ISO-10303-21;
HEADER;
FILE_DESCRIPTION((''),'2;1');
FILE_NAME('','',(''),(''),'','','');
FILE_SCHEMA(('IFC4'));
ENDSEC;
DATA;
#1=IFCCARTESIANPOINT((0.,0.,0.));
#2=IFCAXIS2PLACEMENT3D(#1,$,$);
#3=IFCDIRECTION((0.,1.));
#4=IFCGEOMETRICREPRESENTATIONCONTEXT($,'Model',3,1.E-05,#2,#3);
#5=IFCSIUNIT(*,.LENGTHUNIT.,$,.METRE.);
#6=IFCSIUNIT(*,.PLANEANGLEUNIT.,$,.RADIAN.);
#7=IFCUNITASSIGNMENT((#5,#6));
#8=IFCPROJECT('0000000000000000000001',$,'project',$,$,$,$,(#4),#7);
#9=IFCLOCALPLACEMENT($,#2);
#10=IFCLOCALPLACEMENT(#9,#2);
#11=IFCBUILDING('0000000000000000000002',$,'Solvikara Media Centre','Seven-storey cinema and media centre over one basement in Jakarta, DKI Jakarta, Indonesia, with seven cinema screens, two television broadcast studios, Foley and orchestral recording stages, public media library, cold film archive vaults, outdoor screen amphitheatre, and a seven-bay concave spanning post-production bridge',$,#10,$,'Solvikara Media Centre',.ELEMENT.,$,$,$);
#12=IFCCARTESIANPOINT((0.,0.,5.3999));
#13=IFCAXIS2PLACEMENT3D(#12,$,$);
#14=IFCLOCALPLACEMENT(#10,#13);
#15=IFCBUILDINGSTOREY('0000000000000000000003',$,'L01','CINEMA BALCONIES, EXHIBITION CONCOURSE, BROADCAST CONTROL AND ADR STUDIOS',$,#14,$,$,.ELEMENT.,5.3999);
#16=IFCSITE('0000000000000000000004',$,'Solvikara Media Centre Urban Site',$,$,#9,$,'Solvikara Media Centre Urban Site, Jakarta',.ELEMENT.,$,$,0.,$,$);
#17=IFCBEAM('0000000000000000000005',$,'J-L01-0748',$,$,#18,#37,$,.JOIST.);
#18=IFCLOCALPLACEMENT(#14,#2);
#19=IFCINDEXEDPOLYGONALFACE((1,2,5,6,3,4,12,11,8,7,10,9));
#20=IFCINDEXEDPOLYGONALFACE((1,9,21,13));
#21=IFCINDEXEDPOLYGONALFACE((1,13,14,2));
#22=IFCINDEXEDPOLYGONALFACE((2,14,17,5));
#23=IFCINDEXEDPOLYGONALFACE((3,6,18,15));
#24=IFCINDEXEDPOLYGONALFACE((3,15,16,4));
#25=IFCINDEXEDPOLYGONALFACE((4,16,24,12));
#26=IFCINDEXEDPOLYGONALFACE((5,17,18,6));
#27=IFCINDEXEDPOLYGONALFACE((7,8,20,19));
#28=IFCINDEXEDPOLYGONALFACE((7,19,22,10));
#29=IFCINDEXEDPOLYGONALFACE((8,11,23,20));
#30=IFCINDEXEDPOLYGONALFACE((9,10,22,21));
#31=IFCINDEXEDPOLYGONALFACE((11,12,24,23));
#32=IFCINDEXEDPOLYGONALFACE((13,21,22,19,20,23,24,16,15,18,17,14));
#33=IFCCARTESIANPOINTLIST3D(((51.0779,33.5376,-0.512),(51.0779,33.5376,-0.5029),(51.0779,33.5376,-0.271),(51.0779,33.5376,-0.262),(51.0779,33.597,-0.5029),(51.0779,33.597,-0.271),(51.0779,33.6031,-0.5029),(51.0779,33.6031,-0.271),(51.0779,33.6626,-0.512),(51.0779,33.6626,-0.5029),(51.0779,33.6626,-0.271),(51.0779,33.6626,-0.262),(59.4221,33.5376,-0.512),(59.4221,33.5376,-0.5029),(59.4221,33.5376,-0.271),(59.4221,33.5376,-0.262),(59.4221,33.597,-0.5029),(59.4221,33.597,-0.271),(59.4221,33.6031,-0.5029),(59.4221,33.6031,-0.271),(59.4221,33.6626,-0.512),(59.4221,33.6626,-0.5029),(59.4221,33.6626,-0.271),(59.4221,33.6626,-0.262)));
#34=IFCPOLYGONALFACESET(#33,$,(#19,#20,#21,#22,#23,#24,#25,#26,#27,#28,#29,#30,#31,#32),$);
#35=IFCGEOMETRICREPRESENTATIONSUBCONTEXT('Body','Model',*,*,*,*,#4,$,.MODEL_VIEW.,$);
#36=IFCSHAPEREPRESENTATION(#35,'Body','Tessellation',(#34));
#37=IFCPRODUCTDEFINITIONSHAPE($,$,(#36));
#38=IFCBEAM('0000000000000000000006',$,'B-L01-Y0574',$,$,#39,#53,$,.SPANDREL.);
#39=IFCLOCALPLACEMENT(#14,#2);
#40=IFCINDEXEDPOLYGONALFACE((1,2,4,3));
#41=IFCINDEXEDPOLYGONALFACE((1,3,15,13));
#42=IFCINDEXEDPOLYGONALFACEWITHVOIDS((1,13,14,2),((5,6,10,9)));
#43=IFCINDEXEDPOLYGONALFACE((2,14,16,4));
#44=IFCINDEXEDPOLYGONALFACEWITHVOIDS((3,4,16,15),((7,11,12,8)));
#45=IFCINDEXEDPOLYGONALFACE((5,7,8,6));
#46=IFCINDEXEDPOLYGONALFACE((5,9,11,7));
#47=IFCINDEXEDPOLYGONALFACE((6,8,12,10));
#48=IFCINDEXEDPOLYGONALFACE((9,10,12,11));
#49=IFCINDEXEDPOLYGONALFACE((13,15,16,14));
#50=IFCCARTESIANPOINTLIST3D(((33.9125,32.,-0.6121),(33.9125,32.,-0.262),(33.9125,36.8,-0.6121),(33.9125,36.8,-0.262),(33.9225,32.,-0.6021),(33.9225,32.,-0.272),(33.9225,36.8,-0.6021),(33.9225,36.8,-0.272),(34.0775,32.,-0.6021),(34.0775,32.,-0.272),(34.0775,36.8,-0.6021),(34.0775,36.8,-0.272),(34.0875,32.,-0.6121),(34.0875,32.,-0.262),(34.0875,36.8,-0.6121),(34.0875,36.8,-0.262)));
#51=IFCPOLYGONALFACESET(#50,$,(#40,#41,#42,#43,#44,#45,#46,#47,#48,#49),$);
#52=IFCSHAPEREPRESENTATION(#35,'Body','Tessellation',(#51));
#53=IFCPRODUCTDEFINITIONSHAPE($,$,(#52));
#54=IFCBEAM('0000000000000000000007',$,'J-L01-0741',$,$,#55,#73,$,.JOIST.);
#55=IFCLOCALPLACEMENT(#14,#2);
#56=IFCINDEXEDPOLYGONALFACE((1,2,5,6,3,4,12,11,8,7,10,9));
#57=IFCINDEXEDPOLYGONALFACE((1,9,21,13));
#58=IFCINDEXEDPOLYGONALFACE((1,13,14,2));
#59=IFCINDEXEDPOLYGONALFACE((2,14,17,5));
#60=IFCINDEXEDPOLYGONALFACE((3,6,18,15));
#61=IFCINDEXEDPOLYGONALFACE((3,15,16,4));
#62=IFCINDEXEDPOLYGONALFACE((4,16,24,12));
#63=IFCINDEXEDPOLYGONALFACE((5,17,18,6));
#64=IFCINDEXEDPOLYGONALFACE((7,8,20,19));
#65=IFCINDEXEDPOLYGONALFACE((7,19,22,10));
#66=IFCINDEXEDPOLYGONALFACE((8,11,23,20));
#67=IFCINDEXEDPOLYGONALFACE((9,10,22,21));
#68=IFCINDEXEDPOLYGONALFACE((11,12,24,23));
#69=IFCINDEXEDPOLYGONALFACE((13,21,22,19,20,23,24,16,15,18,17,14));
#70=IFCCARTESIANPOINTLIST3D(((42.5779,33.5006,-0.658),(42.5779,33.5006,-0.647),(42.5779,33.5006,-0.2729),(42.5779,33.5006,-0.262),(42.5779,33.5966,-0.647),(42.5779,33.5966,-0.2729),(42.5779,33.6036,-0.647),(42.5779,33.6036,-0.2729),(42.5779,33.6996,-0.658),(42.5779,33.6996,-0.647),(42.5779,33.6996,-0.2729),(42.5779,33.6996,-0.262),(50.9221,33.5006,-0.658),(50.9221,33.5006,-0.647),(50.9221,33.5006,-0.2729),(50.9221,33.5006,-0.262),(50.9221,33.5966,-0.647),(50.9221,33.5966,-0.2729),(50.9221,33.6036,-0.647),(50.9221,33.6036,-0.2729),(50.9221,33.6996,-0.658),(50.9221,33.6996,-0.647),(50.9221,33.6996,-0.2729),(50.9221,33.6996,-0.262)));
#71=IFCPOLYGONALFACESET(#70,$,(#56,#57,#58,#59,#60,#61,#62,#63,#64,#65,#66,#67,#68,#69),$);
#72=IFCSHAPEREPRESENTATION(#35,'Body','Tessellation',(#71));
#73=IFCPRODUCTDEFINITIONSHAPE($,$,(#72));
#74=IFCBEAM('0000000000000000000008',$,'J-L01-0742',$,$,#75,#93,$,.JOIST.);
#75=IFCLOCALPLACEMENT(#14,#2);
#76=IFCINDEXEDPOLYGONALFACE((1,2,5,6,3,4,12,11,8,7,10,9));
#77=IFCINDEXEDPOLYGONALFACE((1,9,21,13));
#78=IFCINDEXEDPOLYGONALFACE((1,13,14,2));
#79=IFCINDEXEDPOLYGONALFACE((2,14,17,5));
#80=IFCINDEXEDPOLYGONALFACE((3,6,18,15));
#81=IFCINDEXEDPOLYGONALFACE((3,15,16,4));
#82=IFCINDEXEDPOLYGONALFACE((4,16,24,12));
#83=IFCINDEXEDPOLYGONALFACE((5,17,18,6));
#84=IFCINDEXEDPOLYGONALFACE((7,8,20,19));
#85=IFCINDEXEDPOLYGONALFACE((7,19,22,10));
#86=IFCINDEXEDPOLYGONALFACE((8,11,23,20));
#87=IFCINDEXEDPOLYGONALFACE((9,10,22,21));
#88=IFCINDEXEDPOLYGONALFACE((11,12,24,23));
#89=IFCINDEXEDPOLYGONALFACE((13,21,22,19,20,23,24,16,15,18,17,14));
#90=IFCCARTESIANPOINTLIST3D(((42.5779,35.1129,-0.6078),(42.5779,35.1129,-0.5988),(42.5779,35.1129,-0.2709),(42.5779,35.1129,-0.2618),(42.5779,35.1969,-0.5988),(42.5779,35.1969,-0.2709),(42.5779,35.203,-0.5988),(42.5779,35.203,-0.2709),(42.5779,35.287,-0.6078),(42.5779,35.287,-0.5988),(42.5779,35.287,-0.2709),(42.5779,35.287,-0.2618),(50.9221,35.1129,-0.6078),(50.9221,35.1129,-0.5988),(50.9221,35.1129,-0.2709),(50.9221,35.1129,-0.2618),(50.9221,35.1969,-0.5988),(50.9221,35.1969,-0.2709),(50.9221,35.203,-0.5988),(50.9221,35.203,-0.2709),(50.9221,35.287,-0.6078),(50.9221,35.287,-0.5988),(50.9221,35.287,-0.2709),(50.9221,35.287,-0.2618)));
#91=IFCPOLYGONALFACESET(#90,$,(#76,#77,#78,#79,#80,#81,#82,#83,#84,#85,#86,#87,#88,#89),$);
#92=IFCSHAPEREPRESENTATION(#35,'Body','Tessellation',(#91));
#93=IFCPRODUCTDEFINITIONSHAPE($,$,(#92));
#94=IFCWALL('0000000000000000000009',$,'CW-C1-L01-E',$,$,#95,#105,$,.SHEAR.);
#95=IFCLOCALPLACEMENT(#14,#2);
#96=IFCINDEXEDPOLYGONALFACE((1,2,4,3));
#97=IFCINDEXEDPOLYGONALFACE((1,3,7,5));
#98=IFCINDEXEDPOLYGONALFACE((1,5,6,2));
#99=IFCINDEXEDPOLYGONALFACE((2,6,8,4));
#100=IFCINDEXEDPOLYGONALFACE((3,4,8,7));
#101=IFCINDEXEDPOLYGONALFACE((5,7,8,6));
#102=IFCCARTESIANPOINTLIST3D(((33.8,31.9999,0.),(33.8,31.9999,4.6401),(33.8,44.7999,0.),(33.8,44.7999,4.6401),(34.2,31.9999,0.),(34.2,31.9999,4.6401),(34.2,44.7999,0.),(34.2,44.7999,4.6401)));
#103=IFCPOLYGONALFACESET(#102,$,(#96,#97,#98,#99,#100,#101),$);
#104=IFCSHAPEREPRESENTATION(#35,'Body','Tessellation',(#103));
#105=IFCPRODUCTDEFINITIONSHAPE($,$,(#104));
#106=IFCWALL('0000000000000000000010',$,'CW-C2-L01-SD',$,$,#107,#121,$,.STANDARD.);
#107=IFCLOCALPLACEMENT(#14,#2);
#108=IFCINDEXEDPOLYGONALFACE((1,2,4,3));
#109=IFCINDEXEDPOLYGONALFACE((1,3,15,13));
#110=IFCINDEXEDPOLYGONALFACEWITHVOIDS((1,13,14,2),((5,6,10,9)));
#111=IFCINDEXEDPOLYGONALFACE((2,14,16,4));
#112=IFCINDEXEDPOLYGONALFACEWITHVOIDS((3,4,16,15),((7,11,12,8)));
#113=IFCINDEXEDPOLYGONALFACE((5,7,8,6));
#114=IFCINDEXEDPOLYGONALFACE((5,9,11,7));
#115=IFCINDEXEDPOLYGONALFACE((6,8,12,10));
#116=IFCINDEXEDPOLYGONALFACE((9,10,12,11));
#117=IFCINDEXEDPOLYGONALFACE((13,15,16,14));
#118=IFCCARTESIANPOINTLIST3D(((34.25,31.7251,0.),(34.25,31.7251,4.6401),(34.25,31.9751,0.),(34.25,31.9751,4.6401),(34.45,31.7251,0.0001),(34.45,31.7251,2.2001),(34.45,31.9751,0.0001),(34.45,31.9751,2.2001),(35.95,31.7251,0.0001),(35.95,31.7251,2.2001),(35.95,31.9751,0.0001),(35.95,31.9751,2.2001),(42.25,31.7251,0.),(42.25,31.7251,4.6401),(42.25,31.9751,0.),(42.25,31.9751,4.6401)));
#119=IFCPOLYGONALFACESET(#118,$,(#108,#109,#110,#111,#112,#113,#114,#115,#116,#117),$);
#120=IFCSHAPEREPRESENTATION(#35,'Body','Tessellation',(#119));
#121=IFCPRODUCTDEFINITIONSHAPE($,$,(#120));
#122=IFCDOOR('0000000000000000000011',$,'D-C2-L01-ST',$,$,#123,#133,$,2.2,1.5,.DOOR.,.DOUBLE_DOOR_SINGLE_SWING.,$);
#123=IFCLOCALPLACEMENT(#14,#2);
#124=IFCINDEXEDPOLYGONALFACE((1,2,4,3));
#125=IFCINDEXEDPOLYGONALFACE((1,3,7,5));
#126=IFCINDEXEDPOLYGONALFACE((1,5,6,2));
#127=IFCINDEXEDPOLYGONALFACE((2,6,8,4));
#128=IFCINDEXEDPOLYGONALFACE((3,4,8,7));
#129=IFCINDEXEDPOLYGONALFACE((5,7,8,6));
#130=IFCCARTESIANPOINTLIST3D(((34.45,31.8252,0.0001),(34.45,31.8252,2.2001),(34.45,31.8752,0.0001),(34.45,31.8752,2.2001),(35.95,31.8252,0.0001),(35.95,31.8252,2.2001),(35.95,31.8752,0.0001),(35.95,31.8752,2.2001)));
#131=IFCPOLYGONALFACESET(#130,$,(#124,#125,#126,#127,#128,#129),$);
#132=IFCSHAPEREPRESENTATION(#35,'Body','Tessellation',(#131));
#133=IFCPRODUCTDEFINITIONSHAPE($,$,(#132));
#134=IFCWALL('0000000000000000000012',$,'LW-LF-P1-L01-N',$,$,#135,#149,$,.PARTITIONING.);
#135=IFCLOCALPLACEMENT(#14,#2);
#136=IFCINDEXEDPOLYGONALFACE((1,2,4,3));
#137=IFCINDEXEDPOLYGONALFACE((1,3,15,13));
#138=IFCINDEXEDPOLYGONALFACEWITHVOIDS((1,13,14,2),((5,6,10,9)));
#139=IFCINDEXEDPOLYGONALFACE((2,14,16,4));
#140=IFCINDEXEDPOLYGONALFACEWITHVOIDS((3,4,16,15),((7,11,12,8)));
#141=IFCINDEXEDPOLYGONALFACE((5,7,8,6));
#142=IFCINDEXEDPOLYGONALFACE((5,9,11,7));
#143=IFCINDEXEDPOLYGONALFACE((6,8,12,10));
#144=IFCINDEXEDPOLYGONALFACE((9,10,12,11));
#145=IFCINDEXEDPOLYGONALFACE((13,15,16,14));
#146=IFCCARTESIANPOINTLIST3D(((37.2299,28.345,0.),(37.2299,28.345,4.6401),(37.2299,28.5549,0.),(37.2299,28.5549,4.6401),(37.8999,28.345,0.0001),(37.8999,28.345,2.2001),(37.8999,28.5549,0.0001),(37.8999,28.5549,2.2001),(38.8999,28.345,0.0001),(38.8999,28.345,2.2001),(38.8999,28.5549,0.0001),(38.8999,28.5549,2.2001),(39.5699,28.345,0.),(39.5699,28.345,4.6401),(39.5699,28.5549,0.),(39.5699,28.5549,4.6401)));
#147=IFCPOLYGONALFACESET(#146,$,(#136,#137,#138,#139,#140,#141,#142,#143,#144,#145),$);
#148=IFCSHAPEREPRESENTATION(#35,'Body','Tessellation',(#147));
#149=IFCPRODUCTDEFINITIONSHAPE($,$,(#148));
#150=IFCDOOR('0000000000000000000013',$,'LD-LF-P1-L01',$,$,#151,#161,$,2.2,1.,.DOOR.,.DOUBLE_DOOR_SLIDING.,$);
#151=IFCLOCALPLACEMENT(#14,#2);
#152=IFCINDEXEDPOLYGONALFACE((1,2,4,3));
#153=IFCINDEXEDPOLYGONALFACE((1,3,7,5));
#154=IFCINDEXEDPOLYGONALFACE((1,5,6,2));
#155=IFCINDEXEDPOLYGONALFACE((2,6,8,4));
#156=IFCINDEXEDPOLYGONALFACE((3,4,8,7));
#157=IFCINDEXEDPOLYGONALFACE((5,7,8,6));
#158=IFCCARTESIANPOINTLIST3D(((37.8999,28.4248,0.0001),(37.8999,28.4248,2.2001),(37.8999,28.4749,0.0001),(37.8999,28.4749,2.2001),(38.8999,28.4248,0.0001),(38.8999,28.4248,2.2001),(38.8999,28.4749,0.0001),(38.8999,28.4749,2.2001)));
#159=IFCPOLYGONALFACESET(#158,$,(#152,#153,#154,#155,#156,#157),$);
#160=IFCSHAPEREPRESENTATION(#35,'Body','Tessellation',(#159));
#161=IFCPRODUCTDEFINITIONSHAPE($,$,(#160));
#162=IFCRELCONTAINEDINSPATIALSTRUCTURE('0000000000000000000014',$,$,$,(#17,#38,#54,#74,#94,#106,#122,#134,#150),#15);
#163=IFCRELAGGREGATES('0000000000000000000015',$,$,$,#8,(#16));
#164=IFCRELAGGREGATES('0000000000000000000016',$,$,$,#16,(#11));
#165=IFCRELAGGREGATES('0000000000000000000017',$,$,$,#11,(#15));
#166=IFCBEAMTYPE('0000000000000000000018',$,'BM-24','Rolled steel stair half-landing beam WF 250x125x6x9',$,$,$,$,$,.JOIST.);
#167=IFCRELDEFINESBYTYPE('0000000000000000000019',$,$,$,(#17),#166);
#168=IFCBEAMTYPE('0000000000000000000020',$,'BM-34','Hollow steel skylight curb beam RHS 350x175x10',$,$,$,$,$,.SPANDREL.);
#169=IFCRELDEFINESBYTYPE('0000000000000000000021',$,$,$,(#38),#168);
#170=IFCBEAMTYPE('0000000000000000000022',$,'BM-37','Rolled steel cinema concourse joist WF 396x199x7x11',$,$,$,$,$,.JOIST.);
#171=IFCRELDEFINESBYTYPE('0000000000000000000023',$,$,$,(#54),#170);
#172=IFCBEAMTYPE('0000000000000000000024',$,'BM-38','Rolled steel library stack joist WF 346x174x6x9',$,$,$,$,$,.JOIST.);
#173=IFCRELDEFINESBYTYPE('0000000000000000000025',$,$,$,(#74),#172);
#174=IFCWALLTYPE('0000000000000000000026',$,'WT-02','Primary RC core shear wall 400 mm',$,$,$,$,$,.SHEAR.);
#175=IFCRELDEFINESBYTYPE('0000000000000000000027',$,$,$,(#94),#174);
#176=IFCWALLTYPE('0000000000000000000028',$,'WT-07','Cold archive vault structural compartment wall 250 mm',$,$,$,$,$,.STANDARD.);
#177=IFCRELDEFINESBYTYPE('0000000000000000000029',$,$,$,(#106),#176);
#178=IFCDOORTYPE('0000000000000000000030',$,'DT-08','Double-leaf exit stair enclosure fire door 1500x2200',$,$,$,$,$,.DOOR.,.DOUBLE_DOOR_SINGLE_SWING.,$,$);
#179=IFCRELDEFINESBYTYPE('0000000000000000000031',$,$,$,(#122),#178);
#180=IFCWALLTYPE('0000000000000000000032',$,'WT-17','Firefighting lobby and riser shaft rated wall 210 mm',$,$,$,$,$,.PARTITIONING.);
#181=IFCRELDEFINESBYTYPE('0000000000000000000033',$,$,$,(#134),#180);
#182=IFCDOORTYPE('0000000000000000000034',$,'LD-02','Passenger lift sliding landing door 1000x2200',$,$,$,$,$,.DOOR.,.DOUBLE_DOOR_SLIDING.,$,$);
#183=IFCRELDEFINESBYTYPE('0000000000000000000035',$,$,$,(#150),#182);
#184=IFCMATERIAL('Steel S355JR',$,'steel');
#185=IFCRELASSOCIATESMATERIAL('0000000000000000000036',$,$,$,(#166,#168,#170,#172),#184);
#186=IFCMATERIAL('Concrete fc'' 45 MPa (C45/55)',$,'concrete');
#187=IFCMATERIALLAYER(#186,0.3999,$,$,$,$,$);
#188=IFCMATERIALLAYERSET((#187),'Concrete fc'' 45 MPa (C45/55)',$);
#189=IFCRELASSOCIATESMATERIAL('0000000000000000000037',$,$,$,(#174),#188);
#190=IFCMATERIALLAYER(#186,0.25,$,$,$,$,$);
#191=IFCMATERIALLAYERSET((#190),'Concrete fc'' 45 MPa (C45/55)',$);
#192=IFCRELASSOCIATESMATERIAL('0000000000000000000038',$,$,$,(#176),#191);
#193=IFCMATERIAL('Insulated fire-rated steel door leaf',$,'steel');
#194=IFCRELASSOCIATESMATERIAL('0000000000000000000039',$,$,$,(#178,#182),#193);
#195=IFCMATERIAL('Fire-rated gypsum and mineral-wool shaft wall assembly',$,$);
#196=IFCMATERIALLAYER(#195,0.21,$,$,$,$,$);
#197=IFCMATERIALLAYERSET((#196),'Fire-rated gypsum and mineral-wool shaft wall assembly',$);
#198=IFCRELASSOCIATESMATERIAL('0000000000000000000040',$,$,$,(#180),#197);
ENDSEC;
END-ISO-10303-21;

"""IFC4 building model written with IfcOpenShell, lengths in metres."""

from ifc_helpers import new_model, si_unit, direction, frame, frame_2d, origin, origin_2d, place, context, subcontext, project, spatial, rectangle, hollow_rectangle, i_section, extrude, material, layer, layer_set, material_profile, profile_set, type_object, element, fill, save


model = new_model("IFC4")

# Units and contexts
model_context = context("Model", 3, precision=1e-05, world=origin(), true_north=direction((0.0, 1.0)))
body_context = subcontext(model_context, "Body", "Model", "MODEL_VIEW")
ifc_project = project(units=[si_unit("LENGTHUNIT", "METRE"), si_unit("PLANEANGLEUNIT", "RADIAN")], contexts=[model_context])

# Site, building, storey
site_placement = place(None, origin())
site = spatial("IfcSite", under=ifc_project, at=site_placement, Name="Solvikara Media Centre Urban Site", LongName="Solvikara Media Centre Urban Site, Jakarta", CompositionType="ELEMENT", RefElevation=0.0)
building_placement = place(site_placement, origin())
building = spatial("IfcBuilding", under=site, at=building_placement, Name="Solvikara Media Centre", Description="Seven-storey cinema and media centre over one basement in Jakarta, DKI Jakarta, Indonesia, with seven cinema screens, two television broadcast studios, Foley and orchestral recording stages, public media library, cold film archive vaults, outdoor screen amphitheatre, and a seven-bay concave spanning post-production bridge", LongName="Solvikara Media Centre", CompositionType="ELEMENT")
storey_placement = place(building_placement, frame((0.0, 0.0, 5.3999)))
storey = spatial("IfcBuildingStorey", under=building, at=storey_placement, Name="L01", Description="CINEMA BALCONIES, EXHIBITION CONCOURSE, BROADCAST CONTROL AND ADR STUDIOS", CompositionType="ELEMENT", Elevation=5.3999)

# Shared definitions
ifc_material_1 = material(Name="Concrete fc' 45 MPa (C45/55)", Category="concrete")

# Beams
ifc_material_2 = material(Name="Steel S355JR", Category="steel")
ifc_material_profile_1 = material_profile(ifc_material_2, i_section(OverallWidth=0.125, OverallDepth=0.25, WebThickness=0.0061, FlangeThickness=0.009, at=origin_2d()), Name="WF 250x125x6x9")
ifc_profile_set_1 = profile_set([ifc_material_profile_1], Name="Steel S355JR")
beam_type_1 = type_object("IfcBeamType", Name="BM-24", Description="Rolled steel stair half-landing beam WF 250x125x6x9", PredefinedType="JOIST", material=ifc_profile_set_1)
for number, where, z_axis, x_axis, name in (
    (1, (51.0779, 33.6001, -0.387), (1.0, 0.0, 0.0), (0.0, 1.0, 0.0), "J-L01-0748"),
):
    element("IfcBeam", number, at=place(storey_placement, frame(where, z_axis=z_axis, x_axis=x_axis)), inside=storey, type_object=beam_type_1, Name=name, PredefinedType="JOIST", context=body_context, shape_type="SweptSolid", body=[
        extrude(i_section(OverallWidth=0.125, OverallDepth=0.25, WebThickness=0.0061, FlangeThickness=0.009, at=origin_2d()), origin(), (0.0, 0.0, 1.0), 8.3442),
    ])
ifc_material_profile_2 = material_profile(ifc_material_2, hollow_rectangle(XDim=0.175, YDim=0.3501, WallThickness=0.01, at=origin_2d()), Name="RHS 350x175x10")
ifc_profile_set_2 = profile_set([ifc_material_profile_2], Name="Steel S355JR")
beam_type_2 = type_object("IfcBeamType", Name="BM-34", Description="Hollow steel skylight curb beam RHS 350x175x10", PredefinedType="SPANDREL", material=ifc_profile_set_2)
beam_1_placement = place(storey_placement, frame((34.0, 32.0, -0.437), z_axis=(0.0, 1.0, 0.0), x_axis=(-1.0, 0.0, 0.0)))
element("IfcBeam", 2, at=beam_1_placement, inside=storey, type_object=beam_type_2, Name="B-L01-Y0574", PredefinedType="SPANDREL", context=body_context, shape_type="SweptSolid", body=[
    extrude(hollow_rectangle(XDim=0.175, YDim=0.3501, WallThickness=0.01, at=origin_2d()), origin(), (0.0, 0.0, 1.0), 4.8),
])
ifc_material_profile_3 = material_profile(ifc_material_2, i_section(OverallWidth=0.199, OverallDepth=0.396, WebThickness=0.0071, FlangeThickness=0.011, at=origin_2d()), Name="WF 396x199x7x11")
ifc_profile_set_3 = profile_set([ifc_material_profile_3], Name="Steel S355JR")
beam_type_3 = type_object("IfcBeamType", Name="BM-37", Description="Rolled steel cinema concourse joist WF 396x199x7x11", PredefinedType="JOIST", material=ifc_profile_set_3)
beam_2_placement = place(storey_placement, frame((42.5779, 33.6001, -0.46), z_axis=(1.0, 0.0, 0.0), x_axis=(0.0, 1.0, 0.0)))
element("IfcBeam", 3, at=beam_2_placement, inside=storey, type_object=beam_type_3, Name="J-L01-0741", PredefinedType="JOIST", context=body_context, shape_type="SweptSolid", body=[
    extrude(i_section(OverallWidth=0.199, OverallDepth=0.396, WebThickness=0.0071, FlangeThickness=0.011, at=origin_2d()), origin(), (0.0, 0.0, 1.0), 8.3442),
])
ifc_material_profile_4 = material_profile(ifc_material_2, i_section(OverallWidth=0.1741, OverallDepth=0.3459, WebThickness=0.0061, FlangeThickness=0.009, at=origin_2d()), Name="WF 346x174x6x9")
ifc_profile_set_4 = profile_set([ifc_material_profile_4], Name="Steel S355JR")
beam_type_4 = type_object("IfcBeamType", Name="BM-38", Description="Rolled steel library stack joist WF 346x174x6x9", PredefinedType="JOIST", material=ifc_profile_set_4)
beam_3_placement = place(storey_placement, frame((42.5779, 35.2, -0.4348), z_axis=(1.0, 0.0, 0.0), x_axis=(0.0, 1.0, 0.0)))
element("IfcBeam", 4, at=beam_3_placement, inside=storey, type_object=beam_type_4, Name="J-L01-0742", PredefinedType="JOIST", context=body_context, shape_type="SweptSolid", body=[
    extrude(i_section(OverallWidth=0.1741, OverallDepth=0.3459, WebThickness=0.0061, FlangeThickness=0.009, at=origin_2d()), origin(), (0.0, 0.0, 1.0), 8.3442),
])

# Wall
ifc_layer_1 = layer(ifc_material_1, 0.3999)
ifc_layer_set_1 = layer_set([ifc_layer_1], Name="Concrete fc' 45 MPa (C45/55)")
wall_type_1 = type_object("IfcWallType", Name="WT-02", Description="Primary RC core shear wall 400 mm", PredefinedType="SHEAR", material=ifc_layer_set_1)
wall_1_placement = place(storey_placement, frame((34.0, 32.0, 0.0), z_axis=(0.0, 0.0, 1.0), x_axis=(0.0, 1.0, 0.0)))
element("IfcWall", 5, at=wall_1_placement, inside=storey, type_object=wall_type_1, Name="CW-C1-L01-E", PredefinedType="SHEAR", context=body_context, shape_type="SweptSolid", body=[
    extrude(rectangle(XDim=12.8, YDim=0.3999, at=frame_2d((6.3999, 0.0))), origin(), (0.0, 0.0, 1.0), 4.6401),
])

# Walls, openings, doors
ifc_layer_2 = layer(ifc_material_1, 0.25)
ifc_layer_set_2 = layer_set([ifc_layer_2], Name="Concrete fc' 45 MPa (C45/55)")
wall_type_2 = type_object("IfcWallType", Name="WT-07", Description="Cold archive vault structural compartment wall 250 mm", PredefinedType="STANDARD", material=ifc_layer_set_2)
wall_2_placement = place(storey_placement, frame((34.25, 31.8501, 0.0), z_axis=(0.0, 0.0, 1.0), x_axis=(1.0, 0.0, 0.0)))
wall_2 = element("IfcWall", 6, at=wall_2_placement, inside=storey, type_object=wall_type_2, Name="CW-C2-L01-SD", PredefinedType="STANDARD", context=body_context, shape_type="SweptSolid", body=[
    extrude(rectangle(XDim=8.0, YDim=0.25, at=frame_2d((4.0, 0.0))), origin(), (0.0, 0.0, 1.0), 4.6401),
])
opening_1_placement = place(wall_2_placement, frame((0.2, 0.0, 0.0)))
opening_1 = element("IfcOpeningElement", 7, at=opening_1_placement, cuts=wall_2, PredefinedType="OPENING", context=body_context, shape_type="SweptSolid", body=[
    extrude(rectangle(XDim=1.5, YDim=2.2, at=frame_2d((0.75, 1.1001))), frame((0.0, 0.137, 0.0), z_axis=(0.0, -1.0, 0.0), x_axis=(1.0, 0.0, 0.0)), (0.0, 0.0, 1.0), 0.2739),
])
ifc_material_3 = material(Name="Insulated fire-rated steel door leaf", Category="steel")
door_type_1 = type_object("IfcDoorType", Name="DT-08", Description="Double-leaf exit stair enclosure fire door 1500x2200", OperationType="DOUBLE_DOOR_SINGLE_SWING", PredefinedType="DOOR", material=ifc_material_3)
door_1_placement = place(opening_1_placement, frame((1.5, 0.0, 0.0), z_axis=(0.0, 0.0, 1.0), x_axis=(-1.0, 0.0, 0.0)))
door_1 = element("IfcDoor", 8, at=door_1_placement, inside=storey, type_object=door_type_1, Name="D-C2-L01-ST", OperationType="DOUBLE_DOOR_SINGLE_SWING", OverallHeight=2.2, OverallWidth=1.5, PredefinedType="DOOR", context=body_context, shape_type="SweptSolid", body=[
    extrude(rectangle(XDim=1.5, YDim=2.2, at=frame_2d((0.75, 1.1001))), frame((0.0, 0.0249, 0.0), z_axis=(0.0, -1.0, 0.0), x_axis=(1.0, 0.0, 0.0)), (0.0, 0.0, 1.0), 0.05),
])
fill(opening_1, door_1)
ifc_material_4 = material(Name="Fire-rated gypsum and mineral-wool shaft wall assembly")
ifc_layer_3 = layer(ifc_material_4, 0.21)
ifc_layer_set_3 = layer_set([ifc_layer_3], Name="Fire-rated gypsum and mineral-wool shaft wall assembly")
wall_type_3 = type_object("IfcWallType", Name="WT-17", Description="Firefighting lobby and riser shaft rated wall 210 mm", PredefinedType="PARTITIONING", material=ifc_layer_set_3)
wall_3_placement = place(storey_placement, frame((37.23, 28.45, 0.0), z_axis=(0.0, 0.0, 1.0), x_axis=(1.0, 0.0, 0.0)))
wall_3 = element("IfcWall", 9, at=wall_3_placement, inside=storey, type_object=wall_type_3, Name="LW-LF-P1-L01-N", PredefinedType="PARTITIONING", context=body_context, shape_type="SweptSolid", body=[
    extrude(rectangle(XDim=2.3401, YDim=0.21, at=frame_2d((1.1699, 0.0))), origin(), (0.0, 0.0, 1.0), 4.6401),
])
opening_2_placement = place(wall_3_placement, frame((0.6699, 0.0, 0.0)))
opening_2 = element("IfcOpeningElement", 10, at=opening_2_placement, cuts=wall_3, PredefinedType="OPENING", context=body_context, shape_type="SweptSolid", body=[
    extrude(rectangle(XDim=1.0, YDim=2.2, at=frame_2d((0.5, 1.1001))), frame((0.0, 0.1169, 0.0), z_axis=(0.0, -1.0, 0.0), x_axis=(1.0, 0.0, 0.0)), (0.0, 0.0, 1.0), 0.2339),
])
door_type_2 = type_object("IfcDoorType", Name="LD-02", Description="Passenger lift sliding landing door 1000x2200", OperationType="DOUBLE_DOOR_SLIDING", PredefinedType="DOOR", material=ifc_material_3)
door_2_placement = place(opening_2_placement, origin())
door_2 = element("IfcDoor", 11, at=door_2_placement, inside=storey, type_object=door_type_2, Name="LD-LF-P1-L01", OperationType="DOUBLE_DOOR_SLIDING", OverallHeight=2.2, OverallWidth=1.0, PredefinedType="DOOR", context=body_context, shape_type="SweptSolid", body=[
    extrude(rectangle(XDim=1.0, YDim=2.2, at=frame_2d((0.5, 1.1001))), frame((0.0, 0.0249, 0.0), z_axis=(0.0, -1.0, 0.0), x_axis=(1.0, 0.0, 0.0)), (0.0, 0.0, 1.0), 0.05),
])
fill(opening_2, door_2)

save(model, "model.ifc")
